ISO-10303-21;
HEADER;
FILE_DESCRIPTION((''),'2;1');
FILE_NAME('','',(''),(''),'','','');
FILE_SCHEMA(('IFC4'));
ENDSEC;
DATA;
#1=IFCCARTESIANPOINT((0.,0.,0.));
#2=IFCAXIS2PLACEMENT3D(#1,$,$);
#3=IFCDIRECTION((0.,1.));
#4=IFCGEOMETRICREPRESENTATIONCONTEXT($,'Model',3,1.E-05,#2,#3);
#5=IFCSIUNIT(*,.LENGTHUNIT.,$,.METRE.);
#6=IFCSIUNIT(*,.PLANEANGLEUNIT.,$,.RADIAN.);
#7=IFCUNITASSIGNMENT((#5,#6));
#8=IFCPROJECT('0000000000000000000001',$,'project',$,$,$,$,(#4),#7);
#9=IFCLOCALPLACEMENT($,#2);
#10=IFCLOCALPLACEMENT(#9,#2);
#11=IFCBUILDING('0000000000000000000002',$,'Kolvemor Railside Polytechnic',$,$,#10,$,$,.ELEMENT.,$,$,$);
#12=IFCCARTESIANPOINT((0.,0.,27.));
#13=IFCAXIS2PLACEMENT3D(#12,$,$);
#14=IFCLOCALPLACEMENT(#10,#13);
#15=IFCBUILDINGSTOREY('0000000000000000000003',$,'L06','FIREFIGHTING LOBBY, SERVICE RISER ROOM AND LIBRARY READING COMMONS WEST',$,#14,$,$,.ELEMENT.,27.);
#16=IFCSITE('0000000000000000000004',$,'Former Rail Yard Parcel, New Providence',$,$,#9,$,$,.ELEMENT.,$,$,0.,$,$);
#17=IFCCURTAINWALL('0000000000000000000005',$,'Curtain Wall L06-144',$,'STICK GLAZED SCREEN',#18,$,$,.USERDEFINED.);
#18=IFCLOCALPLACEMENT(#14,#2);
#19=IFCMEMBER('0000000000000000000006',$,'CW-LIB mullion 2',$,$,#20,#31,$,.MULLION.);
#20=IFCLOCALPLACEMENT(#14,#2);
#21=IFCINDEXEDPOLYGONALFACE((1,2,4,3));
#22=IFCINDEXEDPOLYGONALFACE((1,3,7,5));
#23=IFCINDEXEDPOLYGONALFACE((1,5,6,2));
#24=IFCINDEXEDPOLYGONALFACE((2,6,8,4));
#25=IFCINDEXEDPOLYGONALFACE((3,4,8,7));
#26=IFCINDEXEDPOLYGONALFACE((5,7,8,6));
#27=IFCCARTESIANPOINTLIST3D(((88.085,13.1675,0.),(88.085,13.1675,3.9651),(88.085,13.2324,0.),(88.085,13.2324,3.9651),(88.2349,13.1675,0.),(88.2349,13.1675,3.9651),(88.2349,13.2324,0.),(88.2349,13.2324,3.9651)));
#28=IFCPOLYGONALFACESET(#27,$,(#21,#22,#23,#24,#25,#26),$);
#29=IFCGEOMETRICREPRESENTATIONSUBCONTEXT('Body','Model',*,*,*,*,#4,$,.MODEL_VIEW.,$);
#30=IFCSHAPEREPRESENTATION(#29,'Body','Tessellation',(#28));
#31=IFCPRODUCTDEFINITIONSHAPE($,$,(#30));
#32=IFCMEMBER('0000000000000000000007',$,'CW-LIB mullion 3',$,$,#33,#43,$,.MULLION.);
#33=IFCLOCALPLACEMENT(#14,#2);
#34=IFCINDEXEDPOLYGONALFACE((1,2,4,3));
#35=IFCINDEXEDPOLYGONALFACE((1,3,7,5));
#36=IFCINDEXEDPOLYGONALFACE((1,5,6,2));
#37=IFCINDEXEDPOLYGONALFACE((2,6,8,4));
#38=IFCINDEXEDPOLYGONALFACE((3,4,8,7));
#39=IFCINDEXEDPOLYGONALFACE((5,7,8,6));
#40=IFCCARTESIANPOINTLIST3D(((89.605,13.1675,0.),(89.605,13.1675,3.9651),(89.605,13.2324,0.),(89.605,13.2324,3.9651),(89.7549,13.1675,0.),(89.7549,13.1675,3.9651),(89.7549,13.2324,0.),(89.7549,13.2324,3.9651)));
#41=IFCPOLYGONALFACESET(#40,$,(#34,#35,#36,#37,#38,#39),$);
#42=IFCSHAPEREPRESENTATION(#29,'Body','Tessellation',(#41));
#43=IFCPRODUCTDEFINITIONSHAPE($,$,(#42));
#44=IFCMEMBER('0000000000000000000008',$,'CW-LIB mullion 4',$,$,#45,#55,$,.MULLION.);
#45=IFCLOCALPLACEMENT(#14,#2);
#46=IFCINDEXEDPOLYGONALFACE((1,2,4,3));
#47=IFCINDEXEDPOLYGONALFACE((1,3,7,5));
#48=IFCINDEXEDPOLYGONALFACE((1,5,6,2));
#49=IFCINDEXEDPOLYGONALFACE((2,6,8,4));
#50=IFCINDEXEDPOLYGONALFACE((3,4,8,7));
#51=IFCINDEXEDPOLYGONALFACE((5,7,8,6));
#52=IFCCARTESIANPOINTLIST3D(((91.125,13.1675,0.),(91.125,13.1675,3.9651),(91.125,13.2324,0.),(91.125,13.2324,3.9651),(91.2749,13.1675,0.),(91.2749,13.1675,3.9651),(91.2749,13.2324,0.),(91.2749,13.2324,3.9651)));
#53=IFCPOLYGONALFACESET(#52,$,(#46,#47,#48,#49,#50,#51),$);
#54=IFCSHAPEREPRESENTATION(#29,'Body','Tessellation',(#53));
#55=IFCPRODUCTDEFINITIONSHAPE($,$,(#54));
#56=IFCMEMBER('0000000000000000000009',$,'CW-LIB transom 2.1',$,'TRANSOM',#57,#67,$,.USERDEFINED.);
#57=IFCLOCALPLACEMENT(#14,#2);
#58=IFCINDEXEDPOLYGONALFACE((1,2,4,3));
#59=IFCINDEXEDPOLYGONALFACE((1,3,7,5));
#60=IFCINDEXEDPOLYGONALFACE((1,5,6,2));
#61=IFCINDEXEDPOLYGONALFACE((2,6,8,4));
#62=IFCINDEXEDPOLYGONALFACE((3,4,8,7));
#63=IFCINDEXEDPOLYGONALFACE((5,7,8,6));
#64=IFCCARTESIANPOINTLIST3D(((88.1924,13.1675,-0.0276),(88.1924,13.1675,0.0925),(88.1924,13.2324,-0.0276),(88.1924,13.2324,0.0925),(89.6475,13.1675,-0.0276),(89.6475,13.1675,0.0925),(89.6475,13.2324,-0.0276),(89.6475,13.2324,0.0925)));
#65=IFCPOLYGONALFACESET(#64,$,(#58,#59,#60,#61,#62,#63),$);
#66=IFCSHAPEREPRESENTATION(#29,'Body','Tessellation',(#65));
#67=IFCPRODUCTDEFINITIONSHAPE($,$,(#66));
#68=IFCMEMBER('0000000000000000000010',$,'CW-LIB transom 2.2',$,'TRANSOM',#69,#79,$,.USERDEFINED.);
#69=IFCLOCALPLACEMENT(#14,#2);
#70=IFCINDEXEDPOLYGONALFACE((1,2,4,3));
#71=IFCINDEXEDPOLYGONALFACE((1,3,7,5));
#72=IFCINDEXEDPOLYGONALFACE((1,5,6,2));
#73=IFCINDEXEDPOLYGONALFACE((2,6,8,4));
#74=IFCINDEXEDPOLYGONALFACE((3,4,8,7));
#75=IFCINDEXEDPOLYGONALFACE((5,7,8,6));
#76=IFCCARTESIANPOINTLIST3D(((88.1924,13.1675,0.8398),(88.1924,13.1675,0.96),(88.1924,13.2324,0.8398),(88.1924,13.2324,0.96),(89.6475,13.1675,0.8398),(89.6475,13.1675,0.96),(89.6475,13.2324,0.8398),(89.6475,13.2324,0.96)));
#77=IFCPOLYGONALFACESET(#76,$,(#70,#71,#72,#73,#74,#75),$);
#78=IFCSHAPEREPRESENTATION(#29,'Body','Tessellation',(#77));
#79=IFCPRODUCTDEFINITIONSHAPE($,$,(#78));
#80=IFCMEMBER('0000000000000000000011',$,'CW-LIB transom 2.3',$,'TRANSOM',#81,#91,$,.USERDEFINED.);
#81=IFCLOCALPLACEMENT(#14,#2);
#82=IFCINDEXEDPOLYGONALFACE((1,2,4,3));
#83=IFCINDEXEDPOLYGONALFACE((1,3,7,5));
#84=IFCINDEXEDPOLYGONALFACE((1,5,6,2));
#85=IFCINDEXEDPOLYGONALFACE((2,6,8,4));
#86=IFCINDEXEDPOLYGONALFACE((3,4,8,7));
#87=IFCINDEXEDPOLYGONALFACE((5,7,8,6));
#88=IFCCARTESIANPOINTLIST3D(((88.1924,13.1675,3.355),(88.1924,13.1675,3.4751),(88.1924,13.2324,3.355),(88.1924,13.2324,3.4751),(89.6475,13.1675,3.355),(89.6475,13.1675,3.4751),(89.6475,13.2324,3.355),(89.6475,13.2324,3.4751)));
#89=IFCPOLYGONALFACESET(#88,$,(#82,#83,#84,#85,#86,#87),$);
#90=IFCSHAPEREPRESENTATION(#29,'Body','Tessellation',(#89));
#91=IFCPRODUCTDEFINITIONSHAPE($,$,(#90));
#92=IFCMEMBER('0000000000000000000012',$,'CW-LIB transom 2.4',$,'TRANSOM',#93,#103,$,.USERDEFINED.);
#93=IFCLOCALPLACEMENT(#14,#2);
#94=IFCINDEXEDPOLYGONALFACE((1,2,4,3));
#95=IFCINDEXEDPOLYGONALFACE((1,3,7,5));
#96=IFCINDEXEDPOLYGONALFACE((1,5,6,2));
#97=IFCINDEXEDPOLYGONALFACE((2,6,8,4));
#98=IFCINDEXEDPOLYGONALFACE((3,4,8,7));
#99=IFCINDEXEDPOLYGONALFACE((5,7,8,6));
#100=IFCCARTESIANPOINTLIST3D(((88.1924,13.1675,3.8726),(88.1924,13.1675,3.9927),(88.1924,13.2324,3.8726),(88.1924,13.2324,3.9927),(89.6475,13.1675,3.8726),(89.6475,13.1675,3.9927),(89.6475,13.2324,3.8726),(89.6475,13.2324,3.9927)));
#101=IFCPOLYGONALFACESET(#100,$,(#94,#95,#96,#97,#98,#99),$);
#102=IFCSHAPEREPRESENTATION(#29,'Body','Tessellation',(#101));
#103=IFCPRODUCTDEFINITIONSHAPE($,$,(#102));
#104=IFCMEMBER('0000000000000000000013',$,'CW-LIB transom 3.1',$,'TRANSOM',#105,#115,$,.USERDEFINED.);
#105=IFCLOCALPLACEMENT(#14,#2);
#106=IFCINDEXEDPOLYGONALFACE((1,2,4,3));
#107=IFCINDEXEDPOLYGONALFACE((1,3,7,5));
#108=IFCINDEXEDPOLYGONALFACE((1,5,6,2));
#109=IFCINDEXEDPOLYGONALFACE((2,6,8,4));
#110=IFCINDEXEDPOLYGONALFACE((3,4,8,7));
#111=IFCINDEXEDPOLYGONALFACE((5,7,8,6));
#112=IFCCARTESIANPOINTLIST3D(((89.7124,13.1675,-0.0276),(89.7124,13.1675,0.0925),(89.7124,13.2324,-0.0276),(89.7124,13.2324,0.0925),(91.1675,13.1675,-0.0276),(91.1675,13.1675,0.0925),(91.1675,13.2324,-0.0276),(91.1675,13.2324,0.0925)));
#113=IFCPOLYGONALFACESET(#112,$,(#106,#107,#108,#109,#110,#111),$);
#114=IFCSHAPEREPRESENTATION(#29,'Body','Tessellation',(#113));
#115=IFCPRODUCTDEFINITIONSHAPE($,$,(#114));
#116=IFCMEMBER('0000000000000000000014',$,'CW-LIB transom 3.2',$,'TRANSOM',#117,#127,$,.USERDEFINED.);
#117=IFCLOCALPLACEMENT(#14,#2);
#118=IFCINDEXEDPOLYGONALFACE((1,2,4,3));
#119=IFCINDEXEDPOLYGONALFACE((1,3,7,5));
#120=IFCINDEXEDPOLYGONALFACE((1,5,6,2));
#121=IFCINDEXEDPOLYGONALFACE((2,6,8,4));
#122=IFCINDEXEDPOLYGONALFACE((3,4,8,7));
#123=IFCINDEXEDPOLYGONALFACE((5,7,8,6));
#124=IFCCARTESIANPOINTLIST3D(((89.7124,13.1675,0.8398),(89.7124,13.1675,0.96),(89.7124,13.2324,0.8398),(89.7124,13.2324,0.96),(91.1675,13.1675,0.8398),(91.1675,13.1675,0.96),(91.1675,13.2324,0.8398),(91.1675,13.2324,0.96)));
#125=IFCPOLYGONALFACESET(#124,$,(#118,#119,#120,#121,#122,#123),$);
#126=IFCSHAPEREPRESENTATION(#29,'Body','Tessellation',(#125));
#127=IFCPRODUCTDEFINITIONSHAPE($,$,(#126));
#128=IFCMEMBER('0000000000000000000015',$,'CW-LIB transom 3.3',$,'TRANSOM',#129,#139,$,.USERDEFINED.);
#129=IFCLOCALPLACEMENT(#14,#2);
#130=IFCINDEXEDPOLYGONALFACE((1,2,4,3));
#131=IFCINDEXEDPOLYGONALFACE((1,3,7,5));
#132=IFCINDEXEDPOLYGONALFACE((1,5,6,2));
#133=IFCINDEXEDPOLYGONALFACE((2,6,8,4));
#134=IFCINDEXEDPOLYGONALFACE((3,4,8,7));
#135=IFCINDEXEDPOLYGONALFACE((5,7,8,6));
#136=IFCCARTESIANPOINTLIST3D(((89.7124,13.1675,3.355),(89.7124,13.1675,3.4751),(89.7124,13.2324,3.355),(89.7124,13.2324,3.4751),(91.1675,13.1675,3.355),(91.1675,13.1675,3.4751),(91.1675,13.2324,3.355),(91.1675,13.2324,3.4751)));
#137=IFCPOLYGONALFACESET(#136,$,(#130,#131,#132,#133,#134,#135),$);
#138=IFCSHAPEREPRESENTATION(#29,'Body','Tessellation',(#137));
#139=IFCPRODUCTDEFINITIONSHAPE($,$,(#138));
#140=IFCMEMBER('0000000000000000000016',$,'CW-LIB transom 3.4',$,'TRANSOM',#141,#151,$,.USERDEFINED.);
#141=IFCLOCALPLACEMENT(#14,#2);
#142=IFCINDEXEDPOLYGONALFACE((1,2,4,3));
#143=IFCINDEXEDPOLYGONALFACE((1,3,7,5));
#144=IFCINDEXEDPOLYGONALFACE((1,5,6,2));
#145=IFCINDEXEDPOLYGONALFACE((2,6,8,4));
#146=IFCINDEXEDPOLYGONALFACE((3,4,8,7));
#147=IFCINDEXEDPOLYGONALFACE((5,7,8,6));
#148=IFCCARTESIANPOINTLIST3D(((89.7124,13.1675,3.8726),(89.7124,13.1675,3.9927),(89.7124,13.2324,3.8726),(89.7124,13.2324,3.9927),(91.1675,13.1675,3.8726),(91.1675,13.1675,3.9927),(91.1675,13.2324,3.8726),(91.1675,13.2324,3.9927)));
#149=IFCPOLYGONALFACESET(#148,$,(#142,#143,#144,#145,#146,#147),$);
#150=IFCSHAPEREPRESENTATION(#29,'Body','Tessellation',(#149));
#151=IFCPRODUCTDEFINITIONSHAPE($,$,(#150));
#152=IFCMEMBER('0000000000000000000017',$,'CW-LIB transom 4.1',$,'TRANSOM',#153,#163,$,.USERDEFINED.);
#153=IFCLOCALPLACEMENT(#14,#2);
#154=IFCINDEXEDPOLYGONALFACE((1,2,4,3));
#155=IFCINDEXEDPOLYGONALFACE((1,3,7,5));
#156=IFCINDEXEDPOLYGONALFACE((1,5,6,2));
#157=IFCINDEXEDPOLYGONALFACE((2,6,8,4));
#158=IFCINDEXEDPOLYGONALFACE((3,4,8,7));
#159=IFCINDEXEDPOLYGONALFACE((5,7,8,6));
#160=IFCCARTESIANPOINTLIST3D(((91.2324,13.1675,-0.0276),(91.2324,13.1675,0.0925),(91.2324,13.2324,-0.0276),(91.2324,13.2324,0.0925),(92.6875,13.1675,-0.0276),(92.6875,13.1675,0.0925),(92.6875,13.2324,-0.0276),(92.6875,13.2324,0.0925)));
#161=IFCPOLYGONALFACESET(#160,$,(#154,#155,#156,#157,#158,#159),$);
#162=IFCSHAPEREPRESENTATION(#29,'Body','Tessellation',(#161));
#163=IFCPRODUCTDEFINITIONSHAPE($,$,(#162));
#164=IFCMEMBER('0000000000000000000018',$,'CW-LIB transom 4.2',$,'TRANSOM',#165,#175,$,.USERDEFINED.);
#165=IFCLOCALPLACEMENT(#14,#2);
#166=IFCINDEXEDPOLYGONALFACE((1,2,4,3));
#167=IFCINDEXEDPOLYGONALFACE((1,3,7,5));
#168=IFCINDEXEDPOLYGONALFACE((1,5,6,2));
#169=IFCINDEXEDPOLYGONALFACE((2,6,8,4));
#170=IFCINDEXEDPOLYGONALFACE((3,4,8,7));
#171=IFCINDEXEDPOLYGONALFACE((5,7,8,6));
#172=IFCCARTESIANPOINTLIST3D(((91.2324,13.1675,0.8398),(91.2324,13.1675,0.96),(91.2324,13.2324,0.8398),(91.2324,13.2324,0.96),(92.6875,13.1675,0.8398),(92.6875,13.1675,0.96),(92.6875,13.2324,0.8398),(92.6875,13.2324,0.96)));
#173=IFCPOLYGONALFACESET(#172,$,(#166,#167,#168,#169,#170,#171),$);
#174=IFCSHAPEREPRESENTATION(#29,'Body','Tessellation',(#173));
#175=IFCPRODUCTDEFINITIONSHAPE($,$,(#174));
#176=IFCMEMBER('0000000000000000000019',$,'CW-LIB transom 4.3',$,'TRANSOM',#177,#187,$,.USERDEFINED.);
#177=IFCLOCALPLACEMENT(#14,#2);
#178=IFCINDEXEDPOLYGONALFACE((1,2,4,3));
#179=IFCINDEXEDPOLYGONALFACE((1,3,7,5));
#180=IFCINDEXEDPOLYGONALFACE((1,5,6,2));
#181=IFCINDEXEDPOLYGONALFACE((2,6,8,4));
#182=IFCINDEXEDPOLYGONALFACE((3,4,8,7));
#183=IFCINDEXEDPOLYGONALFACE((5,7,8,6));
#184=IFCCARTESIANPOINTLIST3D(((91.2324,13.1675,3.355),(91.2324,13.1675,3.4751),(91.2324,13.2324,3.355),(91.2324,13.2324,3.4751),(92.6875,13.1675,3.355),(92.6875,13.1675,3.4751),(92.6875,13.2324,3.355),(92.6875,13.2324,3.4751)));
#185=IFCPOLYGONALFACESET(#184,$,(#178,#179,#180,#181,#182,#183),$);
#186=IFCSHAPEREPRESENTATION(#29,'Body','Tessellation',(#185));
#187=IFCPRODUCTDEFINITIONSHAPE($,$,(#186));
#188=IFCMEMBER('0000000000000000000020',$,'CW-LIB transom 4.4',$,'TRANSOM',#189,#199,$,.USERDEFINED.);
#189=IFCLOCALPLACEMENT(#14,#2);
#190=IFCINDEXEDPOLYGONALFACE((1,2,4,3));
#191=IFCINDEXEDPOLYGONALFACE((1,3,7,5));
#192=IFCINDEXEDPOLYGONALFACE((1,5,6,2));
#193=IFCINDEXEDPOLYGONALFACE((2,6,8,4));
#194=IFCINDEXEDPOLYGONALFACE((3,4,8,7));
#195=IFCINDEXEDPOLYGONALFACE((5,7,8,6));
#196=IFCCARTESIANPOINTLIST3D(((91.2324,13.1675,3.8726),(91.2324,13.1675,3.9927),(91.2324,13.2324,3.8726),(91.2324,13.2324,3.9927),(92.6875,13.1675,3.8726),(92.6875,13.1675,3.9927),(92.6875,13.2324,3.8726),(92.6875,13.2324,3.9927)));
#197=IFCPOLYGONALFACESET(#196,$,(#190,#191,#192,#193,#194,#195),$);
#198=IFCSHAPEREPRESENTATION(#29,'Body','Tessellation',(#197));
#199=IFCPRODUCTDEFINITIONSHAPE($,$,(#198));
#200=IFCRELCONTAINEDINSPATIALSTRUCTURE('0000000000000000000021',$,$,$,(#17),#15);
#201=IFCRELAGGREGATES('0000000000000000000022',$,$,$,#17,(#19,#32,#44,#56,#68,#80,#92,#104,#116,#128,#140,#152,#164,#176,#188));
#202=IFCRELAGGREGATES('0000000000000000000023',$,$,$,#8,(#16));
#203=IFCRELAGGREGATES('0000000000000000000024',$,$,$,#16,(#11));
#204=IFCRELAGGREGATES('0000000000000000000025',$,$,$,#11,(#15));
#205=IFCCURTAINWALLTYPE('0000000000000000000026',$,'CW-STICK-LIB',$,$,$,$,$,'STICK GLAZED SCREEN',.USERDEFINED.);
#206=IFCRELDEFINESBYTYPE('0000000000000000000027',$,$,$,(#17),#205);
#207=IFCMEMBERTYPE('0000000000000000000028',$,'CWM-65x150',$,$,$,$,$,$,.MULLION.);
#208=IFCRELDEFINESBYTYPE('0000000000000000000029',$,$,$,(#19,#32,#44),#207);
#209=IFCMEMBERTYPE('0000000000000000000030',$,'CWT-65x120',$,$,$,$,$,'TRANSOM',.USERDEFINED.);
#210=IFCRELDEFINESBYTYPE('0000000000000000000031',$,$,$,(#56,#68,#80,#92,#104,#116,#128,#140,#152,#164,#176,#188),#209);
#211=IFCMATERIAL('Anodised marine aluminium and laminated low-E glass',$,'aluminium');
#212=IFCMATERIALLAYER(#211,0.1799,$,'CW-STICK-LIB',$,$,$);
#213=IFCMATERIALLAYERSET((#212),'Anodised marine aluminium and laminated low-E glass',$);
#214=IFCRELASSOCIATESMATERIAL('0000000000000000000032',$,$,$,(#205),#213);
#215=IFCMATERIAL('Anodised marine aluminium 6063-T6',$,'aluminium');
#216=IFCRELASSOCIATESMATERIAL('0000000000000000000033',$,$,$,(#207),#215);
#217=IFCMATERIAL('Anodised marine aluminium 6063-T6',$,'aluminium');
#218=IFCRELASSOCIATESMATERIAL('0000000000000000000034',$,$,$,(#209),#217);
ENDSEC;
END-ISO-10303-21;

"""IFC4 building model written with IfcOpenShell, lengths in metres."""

from ifc_helpers import new_model, si_unit, direction, frame, origin, origin_2d, place, context, subcontext, project, spatial, rectangle, extrude, material, layer, layer_set, material_profile, profile_set, type_object, element, aggregate, save


model = new_model("IFC4")

# Units and contexts
model_context = context("Model", 3, precision=1e-05, world=origin(), true_north=direction((0.0, 1.0)))
body_context = subcontext(model_context, "Body", "Model", "MODEL_VIEW")
ifc_project = project(units=[si_unit("LENGTHUNIT", "METRE"), si_unit("PLANEANGLEUNIT", "RADIAN")], contexts=[model_context])

# Site, building, storey
site_placement = place(None, origin())
site = spatial("IfcSite", under=ifc_project, at=site_placement, Name="Former Rail Yard Parcel, New Providence", CompositionType="ELEMENT", RefElevation=0.0)
building_placement = place(site_placement, origin())
building = spatial("IfcBuilding", under=site, at=building_placement, Name="Kolvemor Railside Polytechnic", CompositionType="ELEMENT")
storey_placement = place(building_placement, frame((0.0, 0.0, 27.0)))
storey = spatial("IfcBuildingStorey", under=building, at=storey_placement, Name="L06", Description="FIREFIGHTING LOBBY, SERVICE RISER ROOM AND LIBRARY READING COMMONS WEST", CompositionType="ELEMENT", Elevation=27.0)

# Curtain wall, members
ifc_material_1 = material(Name="Anodised marine aluminium and laminated low-E glass", Category="aluminium")
ifc_layer_1 = layer(ifc_material_1, 0.1799, Name="CW-STICK-LIB")
ifc_layer_set_1 = layer_set([ifc_layer_1], Name="Anodised marine aluminium and laminated low-E glass")
curtain_wall_type = type_object("IfcCurtainWallType", Name="CW-STICK-LIB", ElementType="STICK GLAZED SCREEN", PredefinedType="USERDEFINED", material=ifc_layer_set_1)
curtain_wall_placement = place(storey_placement, origin())
curtain_wall = element("IfcCurtainWall", 1, at=curtain_wall_placement, inside=storey, type_object=curtain_wall_type, Name="Curtain Wall L06-144", ObjectType="STICK GLAZED SCREEN", PredefinedType="USERDEFINED")
ifc_material_2 = material(Name="Anodised marine aluminium 6063-T6", Category="aluminium")
ifc_material_profile_1 = material_profile(ifc_material_2, rectangle(XDim=0.0649, YDim=0.1499, at=origin_2d()), Name="CW-MUL-65x150")
ifc_profile_set_1 = profile_set([ifc_material_profile_1], Name="Anodised marine aluminium 6063-T6")
member_type_1 = type_object("IfcMemberType", Name="CWM-65x150", PredefinedType="MULLION", material=ifc_profile_set_1)
member_1_placement = place(storey_placement, frame((88.1599, 13.2, 0.0), z_axis=(0.0, 0.0, 1.0), x_axis=(0.0, 1.0, 0.0)))
member_1 = element("IfcMember", 2, at=member_1_placement, type_object=member_type_1, Name="CW-LIB mullion 2", PredefinedType="MULLION", context=body_context, shape_type="SweptSolid", body=[
    extrude(rectangle(XDim=0.0649, YDim=0.1499, at=origin_2d()), origin(), (0.0, 0.0, 1.0), 3.9651),
])
member_2_placement = place(storey_placement, frame((89.6799, 13.2, 0.0), z_axis=(0.0, 0.0, 1.0), x_axis=(0.0, 1.0, 0.0)))
member_2 = element("IfcMember", 3, at=member_2_placement, type_object=member_type_1, Name="CW-LIB mullion 3", PredefinedType="MULLION", context=body_context, shape_type="SweptSolid", body=[
    extrude(rectangle(XDim=0.0649, YDim=0.1499, at=origin_2d()), origin(), (0.0, 0.0, 1.0), 3.9651),
])
member_3_placement = place(storey_placement, frame((91.2, 13.2, 0.0), z_axis=(0.0, 0.0, 1.0), x_axis=(0.0, 1.0, 0.0)))
member_3 = element("IfcMember", 4, at=member_3_placement, type_object=member_type_1, Name="CW-LIB mullion 4", PredefinedType="MULLION", context=body_context, shape_type="SweptSolid", body=[
    extrude(rectangle(XDim=0.0649, YDim=0.1499, at=origin_2d()), origin(), (0.0, 0.0, 1.0), 3.9651),
])
ifc_material_3 = material(Name="Anodised marine aluminium 6063-T6", Category="aluminium")
ifc_material_profile_2 = material_profile(ifc_material_3, rectangle(XDim=0.0649, YDim=0.1201, at=origin_2d()), Name="CW-TRN-65x120")
ifc_profile_set_2 = profile_set([ifc_material_profile_2], Name="Anodised marine aluminium 6063-T6")
member_type_2 = type_object("IfcMemberType", Name="CWT-65x120", ElementType="TRANSOM", PredefinedType="USERDEFINED", material=ifc_profile_set_2)
member_4_placement = place(storey_placement, frame((88.1924, 13.2, 0.0325), z_axis=(1.0, 0.0, 0.0), x_axis=(0.0, 1.0, 0.0)))
member_4 = element("IfcMember", 5, at=member_4_placement, type_object=member_type_2, Name="CW-LIB transom 2.1", ObjectType="TRANSOM", PredefinedType="USERDEFINED", context=body_context, shape_type="SweptSolid", body=[
    extrude(rectangle(XDim=0.0649, YDim=0.1201, at=origin_2d()), origin(), (0.0, 0.0, 1.0), 1.4551),
])
member_5_placement = place(storey_placement, frame((88.1924, 13.2, 0.8999), z_axis=(1.0, 0.0, 0.0), x_axis=(0.0, 1.0, 0.0)))
member_5 = element("IfcMember", 6, at=member_5_placement, type_object=member_type_2, Name="CW-LIB transom 2.2", ObjectType="TRANSOM", PredefinedType="USERDEFINED", context=body_context, shape_type="SweptSolid", body=[
    extrude(rectangle(XDim=0.0649, YDim=0.1201, at=origin_2d()), origin(), (0.0, 0.0, 1.0), 1.4551),
])
member_6_placement = place(storey_placement, frame((88.1924, 13.2, 3.415), z_axis=(1.0, 0.0, 0.0), x_axis=(0.0, 1.0, 0.0)))
member_6 = element("IfcMember", 7, at=member_6_placement, type_object=member_type_2, Name="CW-LIB transom 2.3", ObjectType="TRANSOM", PredefinedType="USERDEFINED", context=body_context, shape_type="SweptSolid", body=[
    extrude(rectangle(XDim=0.0649, YDim=0.1201, at=origin_2d()), origin(), (0.0, 0.0, 1.0), 1.4551),
])
member_7_placement = place(storey_placement, frame((88.1924, 13.2, 3.9326), z_axis=(1.0, 0.0, 0.0), x_axis=(0.0, 1.0, 0.0)))
member_7 = element("IfcMember", 8, at=member_7_placement, type_object=member_type_2, Name="CW-LIB transom 2.4", ObjectType="TRANSOM", PredefinedType="USERDEFINED", context=body_context, shape_type="SweptSolid", body=[
    extrude(rectangle(XDim=0.0649, YDim=0.1201, at=origin_2d()), origin(), (0.0, 0.0, 1.0), 1.4551),
])
member_8_placement = place(storey_placement, frame((89.7124, 13.2, 0.0325), z_axis=(1.0, 0.0, 0.0), x_axis=(0.0, 1.0, 0.0)))
member_8 = element("IfcMember", 9, at=member_8_placement, type_object=member_type_2, Name="CW-LIB transom 3.1", ObjectType="TRANSOM", PredefinedType="USERDEFINED", context=body_context, shape_type="SweptSolid", body=[
    extrude(rectangle(XDim=0.0649, YDim=0.1201, at=origin_2d()), origin(), (0.0, 0.0, 1.0), 1.4551),
])
member_9_placement = place(storey_placement, frame((89.7124, 13.2, 0.8999), z_axis=(1.0, 0.0, 0.0), x_axis=(0.0, 1.0, 0.0)))
member_9 = element("IfcMember", 10, at=member_9_placement, type_object=member_type_2, Name="CW-LIB transom 3.2", ObjectType="TRANSOM", PredefinedType="USERDEFINED", context=body_context, shape_type="SweptSolid", body=[
    extrude(rectangle(XDim=0.0649, YDim=0.1201, at=origin_2d()), origin(), (0.0, 0.0, 1.0), 1.4551),
])
member_10_placement = place(storey_placement, frame((89.7124, 13.2, 3.415), z_axis=(1.0, 0.0, 0.0), x_axis=(0.0, 1.0, 0.0)))
member_10 = element("IfcMember", 11, at=member_10_placement, type_object=member_type_2, Name="CW-LIB transom 3.3", ObjectType="TRANSOM", PredefinedType="USERDEFINED", context=body_context, shape_type="SweptSolid", body=[
    extrude(rectangle(XDim=0.0649, YDim=0.1201, at=origin_2d()), origin(), (0.0, 0.0, 1.0), 1.4551),
])
member_11_placement = place(storey_placement, frame((89.7124, 13.2, 3.9326), z_axis=(1.0, 0.0, 0.0), x_axis=(0.0, 1.0, 0.0)))
member_11 = element("IfcMember", 12, at=member_11_placement, type_object=member_type_2, Name="CW-LIB transom 3.4", ObjectType="TRANSOM", PredefinedType="USERDEFINED", context=body_context, shape_type="SweptSolid", body=[
    extrude(rectangle(XDim=0.0649, YDim=0.1201, at=origin_2d()), origin(), (0.0, 0.0, 1.0), 1.4551),
])
member_12_placement = place(storey_placement, frame((91.2324, 13.2, 0.0325), z_axis=(1.0, 0.0, 0.0), x_axis=(0.0, 1.0, 0.0)))
member_12 = element("IfcMember", 13, at=member_12_placement, type_object=member_type_2, Name="CW-LIB transom 4.1", ObjectType="TRANSOM", PredefinedType="USERDEFINED", context=body_context, shape_type="SweptSolid", body=[
    extrude(rectangle(XDim=0.0649, YDim=0.1201, at=origin_2d()), origin(), (0.0, 0.0, 1.0), 1.4551),
])
member_13_placement = place(storey_placement, frame((91.2324, 13.2, 0.8999), z_axis=(1.0, 0.0, 0.0), x_axis=(0.0, 1.0, 0.0)))
member_13 = element("IfcMember", 14, at=member_13_placement, type_object=member_type_2, Name="CW-LIB transom 4.2", ObjectType="TRANSOM", PredefinedType="USERDEFINED", context=body_context, shape_type="SweptSolid", body=[
    extrude(rectangle(XDim=0.0649, YDim=0.1201, at=origin_2d()), origin(), (0.0, 0.0, 1.0), 1.4551),
])
member_14_placement = place(storey_placement, frame((91.2324, 13.2, 3.415), z_axis=(1.0, 0.0, 0.0), x_axis=(0.0, 1.0, 0.0)))
member_14 = element("IfcMember", 15, at=member_14_placement, type_object=member_type_2, Name="CW-LIB transom 4.3", ObjectType="TRANSOM", PredefinedType="USERDEFINED", context=body_context, shape_type="SweptSolid", body=[
    extrude(rectangle(XDim=0.0649, YDim=0.1201, at=origin_2d()), origin(), (0.0, 0.0, 1.0), 1.4551),
])
member_15_placement = place(storey_placement, frame((91.2324, 13.2, 3.9326), z_axis=(1.0, 0.0, 0.0), x_axis=(0.0, 1.0, 0.0)))
member_15 = element("IfcMember", 16, at=member_15_placement, type_object=member_type_2, Name="CW-LIB transom 4.4", ObjectType="TRANSOM", PredefinedType="USERDEFINED", context=body_context, shape_type="SweptSolid", body=[
    extrude(rectangle(XDim=0.0649, YDim=0.1201, at=origin_2d()), origin(), (0.0, 0.0, 1.0), 1.4551),
])
aggregate(curtain_wall, [member_1, member_2, member_3, member_4, member_5, member_6, member_7, member_8, member_9, member_10, member_11, member_12, member_13, member_14, member_15])

save(model, "model.ifc")
